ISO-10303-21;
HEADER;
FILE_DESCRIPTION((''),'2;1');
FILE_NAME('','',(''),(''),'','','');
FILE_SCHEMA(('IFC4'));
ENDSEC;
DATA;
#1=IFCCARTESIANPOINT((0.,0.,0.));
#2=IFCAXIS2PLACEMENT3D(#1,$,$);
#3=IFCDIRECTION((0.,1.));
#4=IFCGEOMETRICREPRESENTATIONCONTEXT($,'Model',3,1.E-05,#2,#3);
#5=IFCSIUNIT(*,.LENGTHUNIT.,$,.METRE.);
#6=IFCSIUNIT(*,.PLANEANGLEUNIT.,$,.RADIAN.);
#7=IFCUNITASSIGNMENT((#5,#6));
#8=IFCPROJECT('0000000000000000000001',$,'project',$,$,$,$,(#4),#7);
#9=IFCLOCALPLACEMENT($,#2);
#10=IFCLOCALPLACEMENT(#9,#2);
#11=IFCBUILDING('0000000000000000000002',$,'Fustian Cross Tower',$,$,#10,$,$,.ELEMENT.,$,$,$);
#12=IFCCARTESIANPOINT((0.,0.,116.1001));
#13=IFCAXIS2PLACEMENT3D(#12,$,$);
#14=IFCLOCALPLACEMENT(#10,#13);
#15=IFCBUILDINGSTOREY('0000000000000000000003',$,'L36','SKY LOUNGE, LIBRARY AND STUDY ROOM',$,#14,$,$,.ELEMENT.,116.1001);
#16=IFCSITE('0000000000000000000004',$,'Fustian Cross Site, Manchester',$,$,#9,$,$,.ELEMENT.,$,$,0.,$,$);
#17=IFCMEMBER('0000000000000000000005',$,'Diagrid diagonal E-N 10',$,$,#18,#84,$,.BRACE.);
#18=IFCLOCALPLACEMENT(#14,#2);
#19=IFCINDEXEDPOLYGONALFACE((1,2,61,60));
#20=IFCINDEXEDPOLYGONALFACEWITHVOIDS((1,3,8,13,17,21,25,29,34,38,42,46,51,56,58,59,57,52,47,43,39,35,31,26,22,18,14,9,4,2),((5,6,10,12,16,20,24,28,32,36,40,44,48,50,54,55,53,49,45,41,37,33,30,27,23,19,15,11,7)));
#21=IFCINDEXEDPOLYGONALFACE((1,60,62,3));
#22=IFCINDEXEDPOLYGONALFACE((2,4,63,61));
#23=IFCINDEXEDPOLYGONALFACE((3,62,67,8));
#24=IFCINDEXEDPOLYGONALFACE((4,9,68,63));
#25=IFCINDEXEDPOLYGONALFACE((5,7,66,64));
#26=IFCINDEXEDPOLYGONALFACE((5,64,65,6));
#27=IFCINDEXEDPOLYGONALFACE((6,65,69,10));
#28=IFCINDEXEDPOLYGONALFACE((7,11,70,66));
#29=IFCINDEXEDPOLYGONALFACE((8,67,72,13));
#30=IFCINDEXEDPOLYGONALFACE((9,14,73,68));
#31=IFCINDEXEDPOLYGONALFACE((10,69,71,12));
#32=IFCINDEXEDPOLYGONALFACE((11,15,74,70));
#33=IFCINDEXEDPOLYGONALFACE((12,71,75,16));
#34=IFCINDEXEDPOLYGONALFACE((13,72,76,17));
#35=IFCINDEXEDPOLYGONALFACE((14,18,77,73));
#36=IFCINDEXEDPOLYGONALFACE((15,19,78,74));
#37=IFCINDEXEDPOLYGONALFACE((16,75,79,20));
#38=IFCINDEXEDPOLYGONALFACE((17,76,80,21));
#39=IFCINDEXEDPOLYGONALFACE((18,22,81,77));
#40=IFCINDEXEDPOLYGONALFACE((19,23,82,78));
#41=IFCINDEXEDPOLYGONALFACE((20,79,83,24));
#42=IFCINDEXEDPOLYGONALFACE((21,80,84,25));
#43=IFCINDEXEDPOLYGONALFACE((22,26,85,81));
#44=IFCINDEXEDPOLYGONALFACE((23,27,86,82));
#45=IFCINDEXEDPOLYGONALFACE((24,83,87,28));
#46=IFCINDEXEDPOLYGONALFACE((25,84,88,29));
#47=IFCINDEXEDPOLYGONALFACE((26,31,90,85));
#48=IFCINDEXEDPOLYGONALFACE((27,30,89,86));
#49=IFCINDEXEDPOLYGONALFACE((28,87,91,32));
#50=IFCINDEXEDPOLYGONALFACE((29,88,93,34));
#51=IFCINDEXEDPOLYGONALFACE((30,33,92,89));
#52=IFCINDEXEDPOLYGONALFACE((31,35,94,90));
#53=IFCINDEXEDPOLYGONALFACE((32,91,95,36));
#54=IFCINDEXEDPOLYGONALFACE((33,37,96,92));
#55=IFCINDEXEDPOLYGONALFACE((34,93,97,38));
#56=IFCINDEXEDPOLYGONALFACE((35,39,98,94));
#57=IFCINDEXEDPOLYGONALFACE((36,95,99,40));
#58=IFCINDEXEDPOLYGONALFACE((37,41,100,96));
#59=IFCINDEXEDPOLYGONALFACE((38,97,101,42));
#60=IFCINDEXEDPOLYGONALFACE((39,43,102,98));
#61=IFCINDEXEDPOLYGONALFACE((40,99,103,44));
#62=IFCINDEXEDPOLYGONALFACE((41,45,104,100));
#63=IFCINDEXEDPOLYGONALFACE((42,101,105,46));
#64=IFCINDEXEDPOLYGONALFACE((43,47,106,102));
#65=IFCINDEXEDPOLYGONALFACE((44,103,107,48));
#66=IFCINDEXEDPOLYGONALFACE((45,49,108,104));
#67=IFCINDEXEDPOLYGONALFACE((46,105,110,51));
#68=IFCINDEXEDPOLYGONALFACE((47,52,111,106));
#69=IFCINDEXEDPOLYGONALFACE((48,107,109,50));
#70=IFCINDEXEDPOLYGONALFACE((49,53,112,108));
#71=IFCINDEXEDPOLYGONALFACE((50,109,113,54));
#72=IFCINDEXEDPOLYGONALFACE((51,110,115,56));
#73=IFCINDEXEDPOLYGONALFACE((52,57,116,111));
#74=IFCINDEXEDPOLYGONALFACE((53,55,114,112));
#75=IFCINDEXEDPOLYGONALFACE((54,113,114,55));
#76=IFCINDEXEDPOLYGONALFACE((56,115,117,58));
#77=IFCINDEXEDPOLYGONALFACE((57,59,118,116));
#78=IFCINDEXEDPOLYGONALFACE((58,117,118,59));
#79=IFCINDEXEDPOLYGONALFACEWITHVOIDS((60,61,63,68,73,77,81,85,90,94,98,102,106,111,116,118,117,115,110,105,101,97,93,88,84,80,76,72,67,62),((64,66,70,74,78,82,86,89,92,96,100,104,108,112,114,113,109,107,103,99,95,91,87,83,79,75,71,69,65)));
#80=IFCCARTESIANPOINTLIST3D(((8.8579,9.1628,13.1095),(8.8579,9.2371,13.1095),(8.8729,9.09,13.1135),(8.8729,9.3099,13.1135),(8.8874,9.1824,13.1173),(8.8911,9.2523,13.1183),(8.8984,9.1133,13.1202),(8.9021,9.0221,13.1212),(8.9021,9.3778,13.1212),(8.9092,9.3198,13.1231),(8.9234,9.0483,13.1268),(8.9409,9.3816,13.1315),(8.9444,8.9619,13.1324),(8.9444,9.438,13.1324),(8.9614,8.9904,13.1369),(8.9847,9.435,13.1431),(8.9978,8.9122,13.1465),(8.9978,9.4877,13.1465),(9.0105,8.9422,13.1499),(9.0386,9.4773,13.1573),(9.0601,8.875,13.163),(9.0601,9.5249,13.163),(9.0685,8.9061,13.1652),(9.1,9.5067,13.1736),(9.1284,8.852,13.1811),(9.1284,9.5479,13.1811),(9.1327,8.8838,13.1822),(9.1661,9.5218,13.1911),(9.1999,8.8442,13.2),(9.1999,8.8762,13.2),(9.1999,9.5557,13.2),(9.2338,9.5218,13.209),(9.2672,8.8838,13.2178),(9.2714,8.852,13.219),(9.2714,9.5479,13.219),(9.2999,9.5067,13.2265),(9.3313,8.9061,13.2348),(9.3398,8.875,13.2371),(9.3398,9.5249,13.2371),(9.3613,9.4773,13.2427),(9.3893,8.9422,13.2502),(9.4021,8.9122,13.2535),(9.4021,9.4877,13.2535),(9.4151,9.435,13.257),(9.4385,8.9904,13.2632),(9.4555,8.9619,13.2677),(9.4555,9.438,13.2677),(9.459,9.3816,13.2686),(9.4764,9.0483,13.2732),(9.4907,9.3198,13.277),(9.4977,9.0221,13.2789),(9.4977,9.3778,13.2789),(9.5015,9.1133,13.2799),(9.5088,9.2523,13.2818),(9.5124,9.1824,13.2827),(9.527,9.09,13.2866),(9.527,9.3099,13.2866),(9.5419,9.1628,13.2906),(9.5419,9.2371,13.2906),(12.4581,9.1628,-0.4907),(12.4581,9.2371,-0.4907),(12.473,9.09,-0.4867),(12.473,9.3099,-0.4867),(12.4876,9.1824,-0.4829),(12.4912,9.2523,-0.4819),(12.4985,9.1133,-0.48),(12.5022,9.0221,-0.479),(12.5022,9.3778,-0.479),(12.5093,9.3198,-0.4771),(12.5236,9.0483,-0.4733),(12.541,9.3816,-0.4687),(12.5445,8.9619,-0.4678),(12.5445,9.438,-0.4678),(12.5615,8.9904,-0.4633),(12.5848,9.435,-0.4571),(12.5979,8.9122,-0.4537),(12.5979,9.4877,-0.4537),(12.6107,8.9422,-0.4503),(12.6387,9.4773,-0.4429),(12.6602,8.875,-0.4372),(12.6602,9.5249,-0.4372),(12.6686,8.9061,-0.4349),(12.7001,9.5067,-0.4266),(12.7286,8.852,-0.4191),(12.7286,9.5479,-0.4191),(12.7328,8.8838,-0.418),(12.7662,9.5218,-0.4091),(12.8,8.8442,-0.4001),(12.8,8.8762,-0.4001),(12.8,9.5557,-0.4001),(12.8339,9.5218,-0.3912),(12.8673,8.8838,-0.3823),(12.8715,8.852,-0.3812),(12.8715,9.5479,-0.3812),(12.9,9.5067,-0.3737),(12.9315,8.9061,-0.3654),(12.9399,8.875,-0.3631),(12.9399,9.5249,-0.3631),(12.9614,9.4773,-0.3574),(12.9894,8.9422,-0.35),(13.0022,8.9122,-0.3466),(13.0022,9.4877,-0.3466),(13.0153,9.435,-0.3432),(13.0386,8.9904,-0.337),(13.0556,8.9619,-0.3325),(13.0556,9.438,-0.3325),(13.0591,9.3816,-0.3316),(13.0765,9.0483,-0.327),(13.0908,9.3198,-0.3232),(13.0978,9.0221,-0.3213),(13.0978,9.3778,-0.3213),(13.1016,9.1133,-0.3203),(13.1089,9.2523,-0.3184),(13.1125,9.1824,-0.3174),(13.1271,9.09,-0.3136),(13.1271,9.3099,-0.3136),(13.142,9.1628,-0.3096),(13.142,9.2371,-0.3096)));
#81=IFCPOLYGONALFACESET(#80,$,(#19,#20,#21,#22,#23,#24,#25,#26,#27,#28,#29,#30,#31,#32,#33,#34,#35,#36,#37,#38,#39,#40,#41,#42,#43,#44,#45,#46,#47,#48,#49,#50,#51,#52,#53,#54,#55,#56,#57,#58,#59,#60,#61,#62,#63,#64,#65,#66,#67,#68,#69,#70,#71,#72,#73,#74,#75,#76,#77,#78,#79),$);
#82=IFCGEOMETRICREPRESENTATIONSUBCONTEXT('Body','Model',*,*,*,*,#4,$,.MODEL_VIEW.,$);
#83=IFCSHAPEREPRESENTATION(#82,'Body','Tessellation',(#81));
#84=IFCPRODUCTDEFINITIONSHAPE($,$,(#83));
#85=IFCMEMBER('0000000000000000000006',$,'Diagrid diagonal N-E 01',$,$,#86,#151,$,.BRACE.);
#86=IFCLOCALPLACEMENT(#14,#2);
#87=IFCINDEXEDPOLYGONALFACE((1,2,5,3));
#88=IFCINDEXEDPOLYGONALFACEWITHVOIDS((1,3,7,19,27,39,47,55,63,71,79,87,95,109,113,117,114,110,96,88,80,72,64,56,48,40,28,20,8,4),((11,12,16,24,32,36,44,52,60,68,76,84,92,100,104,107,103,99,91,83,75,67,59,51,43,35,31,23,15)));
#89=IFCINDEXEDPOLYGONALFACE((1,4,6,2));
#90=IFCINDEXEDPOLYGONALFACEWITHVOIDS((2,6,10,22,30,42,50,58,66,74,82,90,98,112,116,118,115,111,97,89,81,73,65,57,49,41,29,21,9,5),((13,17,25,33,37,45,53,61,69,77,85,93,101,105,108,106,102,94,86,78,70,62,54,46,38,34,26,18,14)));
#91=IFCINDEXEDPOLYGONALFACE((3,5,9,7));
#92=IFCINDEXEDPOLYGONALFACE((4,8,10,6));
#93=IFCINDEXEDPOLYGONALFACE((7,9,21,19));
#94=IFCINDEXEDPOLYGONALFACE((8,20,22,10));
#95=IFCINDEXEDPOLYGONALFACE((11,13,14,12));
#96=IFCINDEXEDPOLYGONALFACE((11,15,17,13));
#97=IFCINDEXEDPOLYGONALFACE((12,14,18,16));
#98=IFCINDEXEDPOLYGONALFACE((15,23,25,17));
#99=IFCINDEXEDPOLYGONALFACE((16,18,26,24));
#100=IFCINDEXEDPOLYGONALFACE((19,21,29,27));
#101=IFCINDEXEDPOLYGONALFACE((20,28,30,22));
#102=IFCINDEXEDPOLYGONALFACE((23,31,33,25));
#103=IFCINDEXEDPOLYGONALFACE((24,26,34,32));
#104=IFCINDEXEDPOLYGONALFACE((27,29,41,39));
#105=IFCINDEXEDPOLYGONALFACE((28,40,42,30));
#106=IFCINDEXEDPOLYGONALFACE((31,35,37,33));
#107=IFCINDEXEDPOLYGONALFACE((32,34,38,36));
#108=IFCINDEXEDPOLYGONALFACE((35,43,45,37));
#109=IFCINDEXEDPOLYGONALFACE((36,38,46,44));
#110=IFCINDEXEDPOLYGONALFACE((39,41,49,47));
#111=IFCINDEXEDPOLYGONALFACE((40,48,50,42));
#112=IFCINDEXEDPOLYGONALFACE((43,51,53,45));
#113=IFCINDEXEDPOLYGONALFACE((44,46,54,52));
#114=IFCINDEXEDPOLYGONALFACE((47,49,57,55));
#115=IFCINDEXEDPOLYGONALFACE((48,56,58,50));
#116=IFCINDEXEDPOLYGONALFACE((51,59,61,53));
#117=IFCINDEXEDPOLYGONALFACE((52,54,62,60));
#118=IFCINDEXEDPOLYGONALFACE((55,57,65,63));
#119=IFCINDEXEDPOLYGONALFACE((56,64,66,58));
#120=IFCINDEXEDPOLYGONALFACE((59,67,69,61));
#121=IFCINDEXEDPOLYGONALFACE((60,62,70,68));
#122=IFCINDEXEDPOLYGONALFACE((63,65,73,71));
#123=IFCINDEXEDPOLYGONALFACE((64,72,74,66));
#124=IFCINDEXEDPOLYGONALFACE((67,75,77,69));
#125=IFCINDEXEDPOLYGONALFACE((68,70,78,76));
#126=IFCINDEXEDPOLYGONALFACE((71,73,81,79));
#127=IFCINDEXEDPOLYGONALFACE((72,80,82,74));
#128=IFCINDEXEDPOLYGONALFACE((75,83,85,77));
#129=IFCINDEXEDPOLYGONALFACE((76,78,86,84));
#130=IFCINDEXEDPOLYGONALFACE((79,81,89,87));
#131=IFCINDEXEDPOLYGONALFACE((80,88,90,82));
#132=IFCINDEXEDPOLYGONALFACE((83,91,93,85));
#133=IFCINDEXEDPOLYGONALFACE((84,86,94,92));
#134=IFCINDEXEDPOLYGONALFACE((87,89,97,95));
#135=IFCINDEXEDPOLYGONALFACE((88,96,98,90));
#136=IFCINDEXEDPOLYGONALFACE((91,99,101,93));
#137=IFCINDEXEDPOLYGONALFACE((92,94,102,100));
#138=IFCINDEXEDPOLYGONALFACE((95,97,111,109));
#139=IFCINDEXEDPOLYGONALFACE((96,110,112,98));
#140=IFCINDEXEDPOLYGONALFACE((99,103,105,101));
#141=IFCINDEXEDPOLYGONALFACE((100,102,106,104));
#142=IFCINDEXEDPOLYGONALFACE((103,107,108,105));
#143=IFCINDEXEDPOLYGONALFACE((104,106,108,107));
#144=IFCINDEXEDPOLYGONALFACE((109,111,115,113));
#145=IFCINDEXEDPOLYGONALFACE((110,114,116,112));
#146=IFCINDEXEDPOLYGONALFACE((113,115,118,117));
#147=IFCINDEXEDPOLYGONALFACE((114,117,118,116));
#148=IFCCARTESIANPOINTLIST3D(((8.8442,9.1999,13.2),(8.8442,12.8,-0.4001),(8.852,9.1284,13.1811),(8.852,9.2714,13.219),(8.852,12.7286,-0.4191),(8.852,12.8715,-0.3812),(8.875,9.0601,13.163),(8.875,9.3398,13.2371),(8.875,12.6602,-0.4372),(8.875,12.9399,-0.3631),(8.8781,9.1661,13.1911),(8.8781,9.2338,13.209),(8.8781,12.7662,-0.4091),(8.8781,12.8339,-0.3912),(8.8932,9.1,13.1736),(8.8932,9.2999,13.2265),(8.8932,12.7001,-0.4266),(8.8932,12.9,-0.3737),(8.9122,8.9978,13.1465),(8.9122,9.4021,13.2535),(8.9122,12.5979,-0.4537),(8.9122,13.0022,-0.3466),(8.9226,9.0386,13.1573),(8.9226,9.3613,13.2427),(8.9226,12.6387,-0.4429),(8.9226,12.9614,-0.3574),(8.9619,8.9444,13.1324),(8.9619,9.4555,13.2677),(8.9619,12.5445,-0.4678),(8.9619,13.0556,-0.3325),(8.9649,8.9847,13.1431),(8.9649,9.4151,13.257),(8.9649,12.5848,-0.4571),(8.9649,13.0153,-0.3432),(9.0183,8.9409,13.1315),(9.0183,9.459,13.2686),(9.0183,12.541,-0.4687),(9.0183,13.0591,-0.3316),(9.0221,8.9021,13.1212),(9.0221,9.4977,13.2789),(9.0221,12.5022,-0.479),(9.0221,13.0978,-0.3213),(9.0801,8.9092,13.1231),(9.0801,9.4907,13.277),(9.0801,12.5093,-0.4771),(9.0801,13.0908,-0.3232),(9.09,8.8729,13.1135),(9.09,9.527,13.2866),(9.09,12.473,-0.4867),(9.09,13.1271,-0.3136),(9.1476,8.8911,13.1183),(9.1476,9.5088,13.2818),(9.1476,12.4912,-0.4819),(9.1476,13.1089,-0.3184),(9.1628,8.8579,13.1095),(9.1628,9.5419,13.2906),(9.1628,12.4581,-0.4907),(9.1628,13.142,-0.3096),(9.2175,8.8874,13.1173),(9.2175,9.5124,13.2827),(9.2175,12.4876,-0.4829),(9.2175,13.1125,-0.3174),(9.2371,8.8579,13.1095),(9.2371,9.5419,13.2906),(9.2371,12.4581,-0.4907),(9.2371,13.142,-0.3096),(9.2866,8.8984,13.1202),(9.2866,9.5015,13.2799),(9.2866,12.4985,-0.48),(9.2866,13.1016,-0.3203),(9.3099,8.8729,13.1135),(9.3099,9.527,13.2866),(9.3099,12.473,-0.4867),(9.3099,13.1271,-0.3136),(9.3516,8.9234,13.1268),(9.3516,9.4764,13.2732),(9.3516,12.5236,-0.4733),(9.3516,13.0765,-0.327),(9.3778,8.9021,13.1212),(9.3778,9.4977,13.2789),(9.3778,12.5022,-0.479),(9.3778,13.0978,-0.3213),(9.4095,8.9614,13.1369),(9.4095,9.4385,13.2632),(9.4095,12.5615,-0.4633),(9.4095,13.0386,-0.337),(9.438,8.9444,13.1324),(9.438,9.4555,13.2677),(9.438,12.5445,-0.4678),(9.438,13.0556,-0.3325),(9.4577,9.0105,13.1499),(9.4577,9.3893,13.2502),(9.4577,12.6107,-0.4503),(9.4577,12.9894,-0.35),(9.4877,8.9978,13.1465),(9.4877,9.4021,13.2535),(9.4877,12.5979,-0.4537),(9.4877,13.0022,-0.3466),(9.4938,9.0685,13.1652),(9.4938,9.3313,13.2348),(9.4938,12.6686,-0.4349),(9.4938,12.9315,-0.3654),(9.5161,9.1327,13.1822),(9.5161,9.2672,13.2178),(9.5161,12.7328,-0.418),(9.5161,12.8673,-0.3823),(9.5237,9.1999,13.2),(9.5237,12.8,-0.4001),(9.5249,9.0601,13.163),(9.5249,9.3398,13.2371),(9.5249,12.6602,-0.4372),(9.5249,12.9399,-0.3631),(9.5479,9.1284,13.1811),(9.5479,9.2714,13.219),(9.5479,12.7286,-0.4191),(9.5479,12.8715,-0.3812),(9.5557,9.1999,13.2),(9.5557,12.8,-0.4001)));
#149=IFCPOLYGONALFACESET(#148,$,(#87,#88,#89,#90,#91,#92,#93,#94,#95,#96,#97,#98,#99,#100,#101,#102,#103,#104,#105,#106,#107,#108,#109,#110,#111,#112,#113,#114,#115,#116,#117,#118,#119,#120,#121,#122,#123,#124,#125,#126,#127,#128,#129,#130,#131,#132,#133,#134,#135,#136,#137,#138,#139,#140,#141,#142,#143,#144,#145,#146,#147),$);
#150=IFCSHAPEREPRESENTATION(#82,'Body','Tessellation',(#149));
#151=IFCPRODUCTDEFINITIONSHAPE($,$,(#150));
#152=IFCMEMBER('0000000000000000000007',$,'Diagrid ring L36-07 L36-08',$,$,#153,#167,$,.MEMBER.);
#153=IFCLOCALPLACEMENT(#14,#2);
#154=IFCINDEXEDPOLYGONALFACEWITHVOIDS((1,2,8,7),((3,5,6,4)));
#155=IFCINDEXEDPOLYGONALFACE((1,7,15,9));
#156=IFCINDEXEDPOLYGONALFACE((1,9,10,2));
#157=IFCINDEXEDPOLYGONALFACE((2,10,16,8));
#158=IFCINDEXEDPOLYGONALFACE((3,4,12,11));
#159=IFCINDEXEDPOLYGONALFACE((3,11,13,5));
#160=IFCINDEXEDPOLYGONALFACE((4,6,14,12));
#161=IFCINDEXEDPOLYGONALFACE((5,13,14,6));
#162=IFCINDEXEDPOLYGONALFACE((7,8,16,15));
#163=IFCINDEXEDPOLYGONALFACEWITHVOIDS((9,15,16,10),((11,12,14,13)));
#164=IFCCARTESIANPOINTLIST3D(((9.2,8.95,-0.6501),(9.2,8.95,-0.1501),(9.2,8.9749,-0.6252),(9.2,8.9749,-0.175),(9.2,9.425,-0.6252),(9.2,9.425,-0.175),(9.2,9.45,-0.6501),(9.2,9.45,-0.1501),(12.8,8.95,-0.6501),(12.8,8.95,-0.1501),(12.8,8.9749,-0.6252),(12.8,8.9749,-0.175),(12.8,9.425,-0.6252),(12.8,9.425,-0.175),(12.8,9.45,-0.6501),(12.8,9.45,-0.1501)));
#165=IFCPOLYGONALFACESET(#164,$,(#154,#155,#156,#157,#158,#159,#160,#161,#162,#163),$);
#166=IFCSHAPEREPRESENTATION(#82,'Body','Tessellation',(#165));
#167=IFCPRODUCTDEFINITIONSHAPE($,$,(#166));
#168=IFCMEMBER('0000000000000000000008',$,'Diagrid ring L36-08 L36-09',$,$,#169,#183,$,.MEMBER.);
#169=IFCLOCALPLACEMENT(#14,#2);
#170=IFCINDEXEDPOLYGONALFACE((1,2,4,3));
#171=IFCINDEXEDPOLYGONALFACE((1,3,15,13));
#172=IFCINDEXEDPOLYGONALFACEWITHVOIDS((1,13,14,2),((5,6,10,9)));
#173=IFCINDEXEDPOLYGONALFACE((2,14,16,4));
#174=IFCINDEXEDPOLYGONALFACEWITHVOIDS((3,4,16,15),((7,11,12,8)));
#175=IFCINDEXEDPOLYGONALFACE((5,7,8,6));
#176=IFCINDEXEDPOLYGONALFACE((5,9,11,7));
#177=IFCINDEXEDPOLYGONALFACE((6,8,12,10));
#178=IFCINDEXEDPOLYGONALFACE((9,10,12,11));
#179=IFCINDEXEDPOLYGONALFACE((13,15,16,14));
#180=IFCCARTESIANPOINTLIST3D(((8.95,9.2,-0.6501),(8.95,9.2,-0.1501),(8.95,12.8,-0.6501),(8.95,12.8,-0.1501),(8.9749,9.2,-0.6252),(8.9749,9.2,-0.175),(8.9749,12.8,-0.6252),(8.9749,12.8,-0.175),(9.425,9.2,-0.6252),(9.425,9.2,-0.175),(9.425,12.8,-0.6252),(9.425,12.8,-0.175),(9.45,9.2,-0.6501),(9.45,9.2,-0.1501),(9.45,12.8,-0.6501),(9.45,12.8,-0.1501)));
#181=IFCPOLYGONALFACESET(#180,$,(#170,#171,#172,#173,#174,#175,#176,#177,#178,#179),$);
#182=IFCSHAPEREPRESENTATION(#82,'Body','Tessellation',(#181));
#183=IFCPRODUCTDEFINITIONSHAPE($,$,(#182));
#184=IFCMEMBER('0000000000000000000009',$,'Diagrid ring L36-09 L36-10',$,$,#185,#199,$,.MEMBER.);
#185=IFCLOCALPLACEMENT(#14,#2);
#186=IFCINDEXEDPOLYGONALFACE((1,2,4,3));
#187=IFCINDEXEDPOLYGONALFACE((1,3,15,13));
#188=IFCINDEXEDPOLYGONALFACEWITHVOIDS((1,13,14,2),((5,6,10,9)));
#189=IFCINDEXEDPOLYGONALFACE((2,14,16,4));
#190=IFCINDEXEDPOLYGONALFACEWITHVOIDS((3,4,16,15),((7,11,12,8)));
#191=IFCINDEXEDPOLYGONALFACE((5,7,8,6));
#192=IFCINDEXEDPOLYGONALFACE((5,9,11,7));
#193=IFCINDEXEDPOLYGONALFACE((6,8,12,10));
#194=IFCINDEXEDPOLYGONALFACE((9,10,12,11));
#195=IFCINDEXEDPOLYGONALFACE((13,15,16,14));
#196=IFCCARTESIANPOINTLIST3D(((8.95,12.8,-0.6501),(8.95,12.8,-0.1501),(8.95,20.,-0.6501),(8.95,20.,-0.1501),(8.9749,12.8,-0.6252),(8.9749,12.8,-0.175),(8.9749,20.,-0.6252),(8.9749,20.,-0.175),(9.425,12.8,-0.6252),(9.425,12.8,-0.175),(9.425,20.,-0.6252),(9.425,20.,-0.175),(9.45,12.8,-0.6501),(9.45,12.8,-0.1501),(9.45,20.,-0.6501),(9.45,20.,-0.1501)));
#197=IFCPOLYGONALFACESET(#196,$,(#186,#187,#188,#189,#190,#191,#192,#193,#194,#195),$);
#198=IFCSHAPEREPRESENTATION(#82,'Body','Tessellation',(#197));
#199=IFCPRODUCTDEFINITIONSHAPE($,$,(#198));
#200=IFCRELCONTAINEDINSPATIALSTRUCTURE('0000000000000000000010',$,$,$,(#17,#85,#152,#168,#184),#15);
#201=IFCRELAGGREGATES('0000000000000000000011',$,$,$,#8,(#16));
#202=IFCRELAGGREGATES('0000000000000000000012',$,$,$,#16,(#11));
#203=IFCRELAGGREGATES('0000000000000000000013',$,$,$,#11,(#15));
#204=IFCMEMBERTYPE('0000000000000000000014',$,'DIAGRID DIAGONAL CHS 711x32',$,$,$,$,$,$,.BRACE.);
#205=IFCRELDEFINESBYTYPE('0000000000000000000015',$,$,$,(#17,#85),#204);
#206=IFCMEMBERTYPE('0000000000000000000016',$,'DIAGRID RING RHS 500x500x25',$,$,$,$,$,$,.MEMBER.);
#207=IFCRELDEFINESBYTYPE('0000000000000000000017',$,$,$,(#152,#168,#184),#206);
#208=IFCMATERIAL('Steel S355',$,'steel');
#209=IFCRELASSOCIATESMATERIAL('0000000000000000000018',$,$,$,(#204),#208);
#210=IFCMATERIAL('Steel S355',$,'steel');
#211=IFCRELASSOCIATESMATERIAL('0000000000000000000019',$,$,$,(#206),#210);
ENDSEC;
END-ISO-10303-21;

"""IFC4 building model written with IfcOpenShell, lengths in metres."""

from ifc_helpers import new_model, si_unit, direction, frame, origin, origin_2d, place, context, subcontext, project, spatial, hollow_rectangle, hollow_circle, extrude, material, material_profile, profile_set, type_object, element, save


model = new_model("IFC4")

# Units and contexts
model_context = context("Model", 3, precision=1e-05, world=origin(), true_north=direction((0.0, 1.0)))
body_context = subcontext(model_context, "Body", "Model", "MODEL_VIEW")
ifc_project = project(units=[si_unit("LENGTHUNIT", "METRE"), si_unit("PLANEANGLEUNIT", "RADIAN")], contexts=[model_context])

# Site, building, storey
site_placement = place(None, origin())
site = spatial("IfcSite", under=ifc_project, at=site_placement, Name="Fustian Cross Site, Manchester", CompositionType="ELEMENT", RefElevation=0.0)
building_placement = place(site_placement, origin())
building = spatial("IfcBuilding", under=site, at=building_placement, Name="Fustian Cross Tower", CompositionType="ELEMENT")
storey_placement = place(building_placement, frame((0.0, 0.0, 116.1001)))
storey = spatial("IfcBuildingStorey", under=building, at=storey_placement, Name="L36", Description="SKY LOUNGE, LIBRARY AND STUDY ROOM", CompositionType="ELEMENT", Elevation=116.1001)

# Members
ifc_material_1 = material(Name="Steel S355", Category="steel")
ifc_material_profile_1 = material_profile(ifc_material_1, hollow_circle(Radius=0.3557, WallThickness=0.032, at=origin_2d()), Name="CHS 711x32")
ifc_profile_set_1 = profile_set([ifc_material_profile_1], Name="Steel S355")
member_type_1 = type_object("IfcMemberType", Name="DIAGRID DIAGONAL CHS 711x32", PredefinedType="BRACE", material=ifc_profile_set_1)
for number, where, z_axis, x_axis, name in (
    (1, (12.8, 9.2, -0.4001), (-0.255897, 0.0, 0.966704), (0.0, -1.0, 0.0), "Diagrid diagonal E-N 10"),
    (2, (9.2, 12.8, -0.4001), (0.0, -0.255897, 0.966704), (1.0, 0.0, 0.0), "Diagrid diagonal N-E 01"),
):
    element("IfcMember", number, at=place(storey_placement, frame(where, z_axis=z_axis, x_axis=x_axis)), inside=storey, type_object=member_type_1, Name=name, PredefinedType="BRACE", context=body_context, shape_type="SweptSolid", body=[
        extrude(hollow_circle(Radius=0.3557, WallThickness=0.032, at=origin_2d()), origin(), (0.0, 0.0, 1.0), 14.0686),
    ])
ifc_material_2 = material(Name="Steel S355", Category="steel")
ifc_material_profile_2 = material_profile(ifc_material_2, hollow_rectangle(XDim=0.5, YDim=0.5, WallThickness=0.0249, at=origin_2d()), Name="RHS 500x500x25")
ifc_profile_set_2 = profile_set([ifc_material_profile_2], Name="Steel S355")
member_type_2 = type_object("IfcMemberType", Name="DIAGRID RING RHS 500x500x25", PredefinedType="MEMBER", material=ifc_profile_set_2)
for number, where, z_axis, x_axis, name in (
    (3, (12.8, 9.2, -0.4001), (-1.0, 0.0, 0.0), (0.0, -1.0, 0.0), "Diagrid ring L36-07 L36-08"),
    (4, (9.2, 9.2, -0.4001), (0.0, 1.0, 0.0), (-1.0, 0.0, 0.0), "Diagrid ring L36-08 L36-09"),
):
    element("IfcMember", number, at=place(storey_placement, frame(where, z_axis=z_axis, x_axis=x_axis)), inside=storey, type_object=member_type_2, Name=name, PredefinedType="MEMBER", context=body_context, shape_type="SweptSolid", body=[
        extrude(hollow_rectangle(XDim=0.5, YDim=0.5, WallThickness=0.0249, at=origin_2d()), origin(), (0.0, 0.0, 1.0), 3.6001),
    ])
member_placement = place(storey_placement, frame((9.2, 12.8, -0.4001), z_axis=(0.0, 1.0, 0.0), x_axis=(-1.0, 0.0, 0.0)))
element("IfcMember", 5, at=member_placement, inside=storey, type_object=member_type_2, Name="Diagrid ring L36-09 L36-10", PredefinedType="MEMBER", context=body_context, shape_type="SweptSolid", body=[
    extrude(hollow_rectangle(XDim=0.5, YDim=0.5, WallThickness=0.0249, at=origin_2d()), origin(), (0.0, 0.0, 1.0), 7.2),
])

save(model, "model.ifc")
